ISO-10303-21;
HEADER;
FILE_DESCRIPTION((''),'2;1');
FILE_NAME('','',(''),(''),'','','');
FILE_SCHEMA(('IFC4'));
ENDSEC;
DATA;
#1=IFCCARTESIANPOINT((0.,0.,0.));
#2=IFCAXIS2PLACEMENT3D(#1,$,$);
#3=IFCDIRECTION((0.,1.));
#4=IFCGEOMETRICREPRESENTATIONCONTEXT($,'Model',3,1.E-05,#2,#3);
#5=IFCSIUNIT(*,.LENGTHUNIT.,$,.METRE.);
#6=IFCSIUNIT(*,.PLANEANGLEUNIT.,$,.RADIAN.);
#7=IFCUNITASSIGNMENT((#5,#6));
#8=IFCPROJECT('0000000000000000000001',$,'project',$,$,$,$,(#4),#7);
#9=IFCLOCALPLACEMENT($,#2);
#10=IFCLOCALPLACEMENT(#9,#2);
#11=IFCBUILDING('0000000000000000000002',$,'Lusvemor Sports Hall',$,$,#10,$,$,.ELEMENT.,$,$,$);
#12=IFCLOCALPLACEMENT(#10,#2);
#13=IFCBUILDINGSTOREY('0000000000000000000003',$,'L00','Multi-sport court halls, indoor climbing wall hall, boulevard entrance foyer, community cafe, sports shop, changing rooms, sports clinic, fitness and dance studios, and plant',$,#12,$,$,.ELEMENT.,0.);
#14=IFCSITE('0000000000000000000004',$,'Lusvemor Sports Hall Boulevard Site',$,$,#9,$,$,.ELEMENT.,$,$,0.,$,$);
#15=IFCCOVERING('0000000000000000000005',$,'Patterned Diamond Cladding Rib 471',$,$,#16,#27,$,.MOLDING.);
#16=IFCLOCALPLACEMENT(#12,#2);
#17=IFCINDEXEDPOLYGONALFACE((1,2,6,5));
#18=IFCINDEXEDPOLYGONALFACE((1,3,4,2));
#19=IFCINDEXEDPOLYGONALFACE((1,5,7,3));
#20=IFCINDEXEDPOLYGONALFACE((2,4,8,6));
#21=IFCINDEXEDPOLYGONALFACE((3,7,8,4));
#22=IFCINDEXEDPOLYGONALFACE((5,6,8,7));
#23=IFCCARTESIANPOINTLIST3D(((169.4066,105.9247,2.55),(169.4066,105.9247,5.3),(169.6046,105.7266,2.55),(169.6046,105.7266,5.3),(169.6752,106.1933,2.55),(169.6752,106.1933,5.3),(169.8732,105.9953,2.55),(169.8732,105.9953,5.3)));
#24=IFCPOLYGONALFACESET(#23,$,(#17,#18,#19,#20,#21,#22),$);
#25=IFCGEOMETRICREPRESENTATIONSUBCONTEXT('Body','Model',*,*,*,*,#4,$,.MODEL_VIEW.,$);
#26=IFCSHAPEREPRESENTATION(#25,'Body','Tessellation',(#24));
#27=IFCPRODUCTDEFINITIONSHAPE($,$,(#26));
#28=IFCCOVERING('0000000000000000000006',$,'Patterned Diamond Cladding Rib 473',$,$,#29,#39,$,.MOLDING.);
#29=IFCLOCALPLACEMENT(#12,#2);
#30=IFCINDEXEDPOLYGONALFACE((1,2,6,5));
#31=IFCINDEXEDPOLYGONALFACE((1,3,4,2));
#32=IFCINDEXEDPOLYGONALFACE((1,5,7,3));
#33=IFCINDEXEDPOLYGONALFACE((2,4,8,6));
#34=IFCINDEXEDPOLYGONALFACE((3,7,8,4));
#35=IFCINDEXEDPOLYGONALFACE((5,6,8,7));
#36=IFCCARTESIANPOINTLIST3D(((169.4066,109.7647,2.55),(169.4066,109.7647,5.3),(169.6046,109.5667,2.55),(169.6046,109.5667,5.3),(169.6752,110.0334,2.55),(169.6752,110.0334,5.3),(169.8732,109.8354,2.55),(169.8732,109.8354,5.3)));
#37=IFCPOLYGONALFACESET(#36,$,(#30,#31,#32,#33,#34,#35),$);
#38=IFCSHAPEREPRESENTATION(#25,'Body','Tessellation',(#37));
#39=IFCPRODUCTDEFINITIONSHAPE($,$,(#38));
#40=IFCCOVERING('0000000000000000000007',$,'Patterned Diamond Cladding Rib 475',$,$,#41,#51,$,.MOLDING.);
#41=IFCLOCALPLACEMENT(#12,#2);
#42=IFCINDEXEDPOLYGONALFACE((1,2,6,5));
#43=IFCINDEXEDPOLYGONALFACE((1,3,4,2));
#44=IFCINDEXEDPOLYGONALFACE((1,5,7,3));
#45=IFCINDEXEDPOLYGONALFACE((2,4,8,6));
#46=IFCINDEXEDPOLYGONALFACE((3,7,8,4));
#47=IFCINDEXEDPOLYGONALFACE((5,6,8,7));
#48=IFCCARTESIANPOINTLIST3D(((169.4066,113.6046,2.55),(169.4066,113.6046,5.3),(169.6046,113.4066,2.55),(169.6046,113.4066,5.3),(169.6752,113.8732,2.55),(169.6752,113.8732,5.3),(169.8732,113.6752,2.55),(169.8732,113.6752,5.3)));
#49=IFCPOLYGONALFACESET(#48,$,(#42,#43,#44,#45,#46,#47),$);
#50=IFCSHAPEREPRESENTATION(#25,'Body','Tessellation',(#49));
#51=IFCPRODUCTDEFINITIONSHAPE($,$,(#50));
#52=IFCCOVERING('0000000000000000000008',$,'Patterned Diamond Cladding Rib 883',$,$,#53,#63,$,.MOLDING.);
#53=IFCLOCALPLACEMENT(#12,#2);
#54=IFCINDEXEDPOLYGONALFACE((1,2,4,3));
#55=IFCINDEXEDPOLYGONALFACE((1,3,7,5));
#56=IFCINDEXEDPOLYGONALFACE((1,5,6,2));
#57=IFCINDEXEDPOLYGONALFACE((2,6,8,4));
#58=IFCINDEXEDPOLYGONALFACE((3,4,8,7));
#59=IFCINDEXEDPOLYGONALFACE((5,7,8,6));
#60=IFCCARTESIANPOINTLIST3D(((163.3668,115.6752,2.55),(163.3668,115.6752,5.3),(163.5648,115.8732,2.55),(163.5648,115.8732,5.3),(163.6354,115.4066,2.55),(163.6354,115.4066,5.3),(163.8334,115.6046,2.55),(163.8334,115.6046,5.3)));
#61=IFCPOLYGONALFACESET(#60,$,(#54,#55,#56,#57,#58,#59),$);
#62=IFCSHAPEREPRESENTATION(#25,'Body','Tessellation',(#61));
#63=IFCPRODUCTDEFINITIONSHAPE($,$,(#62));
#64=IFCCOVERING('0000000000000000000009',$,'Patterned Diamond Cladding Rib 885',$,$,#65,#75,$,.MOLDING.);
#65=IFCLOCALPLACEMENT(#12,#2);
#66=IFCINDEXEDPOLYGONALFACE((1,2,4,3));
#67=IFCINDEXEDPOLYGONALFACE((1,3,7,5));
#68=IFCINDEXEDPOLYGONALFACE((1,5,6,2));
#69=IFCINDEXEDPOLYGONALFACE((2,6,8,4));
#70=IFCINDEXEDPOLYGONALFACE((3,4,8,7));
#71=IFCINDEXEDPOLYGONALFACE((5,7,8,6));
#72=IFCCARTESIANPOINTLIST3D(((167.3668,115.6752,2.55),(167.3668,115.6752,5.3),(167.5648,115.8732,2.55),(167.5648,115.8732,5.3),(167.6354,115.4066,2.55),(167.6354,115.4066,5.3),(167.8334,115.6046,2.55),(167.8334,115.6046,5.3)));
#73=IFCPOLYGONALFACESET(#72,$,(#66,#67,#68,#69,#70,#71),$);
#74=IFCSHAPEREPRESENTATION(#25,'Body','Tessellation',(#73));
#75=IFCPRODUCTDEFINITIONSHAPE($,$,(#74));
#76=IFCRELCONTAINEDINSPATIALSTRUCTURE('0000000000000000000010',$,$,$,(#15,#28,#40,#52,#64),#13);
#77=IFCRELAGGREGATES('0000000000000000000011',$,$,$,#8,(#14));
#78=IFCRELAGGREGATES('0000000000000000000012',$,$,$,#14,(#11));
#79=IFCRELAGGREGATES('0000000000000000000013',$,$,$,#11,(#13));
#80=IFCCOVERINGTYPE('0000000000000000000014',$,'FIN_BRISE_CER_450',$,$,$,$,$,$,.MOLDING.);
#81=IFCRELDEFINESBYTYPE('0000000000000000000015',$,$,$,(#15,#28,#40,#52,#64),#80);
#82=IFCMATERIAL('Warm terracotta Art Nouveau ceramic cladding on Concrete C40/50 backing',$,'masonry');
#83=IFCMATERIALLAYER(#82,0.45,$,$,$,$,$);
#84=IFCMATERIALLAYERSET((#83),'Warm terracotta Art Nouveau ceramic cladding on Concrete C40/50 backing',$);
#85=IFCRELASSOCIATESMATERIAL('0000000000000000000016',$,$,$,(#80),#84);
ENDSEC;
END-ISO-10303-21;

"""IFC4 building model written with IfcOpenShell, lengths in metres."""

from ifc_helpers import new_model, si_unit, direction, frame, origin, origin_2d, place, context, subcontext, project, spatial, rectangle, extrude, material, layer, layer_set, type_object, element, save


model = new_model("IFC4")

# Units and contexts
model_context = context("Model", 3, precision=1e-05, world=origin(), true_north=direction((0.0, 1.0)))
body_context = subcontext(model_context, "Body", "Model", "MODEL_VIEW")
ifc_project = project(units=[si_unit("LENGTHUNIT", "METRE"), si_unit("PLANEANGLEUNIT", "RADIAN")], contexts=[model_context])

# Site, building, storey
site_placement = place(None, origin())
site = spatial("IfcSite", under=ifc_project, at=site_placement, Name="Lusvemor Sports Hall Boulevard Site", CompositionType="ELEMENT", RefElevation=0.0)
building_placement = place(site_placement, origin())
building = spatial("IfcBuilding", under=site, at=building_placement, Name="Lusvemor Sports Hall", CompositionType="ELEMENT")
storey_placement = place(building_placement, origin())
storey = spatial("IfcBuildingStorey", under=building, at=storey_placement, Name="L00", Description="Multi-sport court halls, indoor climbing wall hall, boulevard entrance foyer, community cafe, sports shop, changing rooms, sports clinic, fitness and dance studios, and plant", CompositionType="ELEMENT", Elevation=0.0)

# Coverings
ifc_material_1 = material(Name="Warm terracotta Art Nouveau ceramic cladding on Concrete C40/50 backing", Category="masonry")
ifc_layer_1 = layer(ifc_material_1, 0.45)
ifc_layer_set_1 = layer_set([ifc_layer_1], Name="Warm terracotta Art Nouveau ceramic cladding on Concrete C40/50 backing")
covering_type_1 = type_object("IfcCoveringType", Name="FIN_BRISE_CER_450", PredefinedType="MOLDING", material=ifc_layer_set_1)
for number, where, z_axis, x_axis, name in (
    (1, (169.6399, 105.96, 2.55), (0.0, 0.0, 1.0), (0.707107, 0.707107, 0.0), "Patterned Diamond Cladding Rib 471"),
    (2, (169.6399, 109.8, 2.55), (0.0, 0.0, 1.0), (0.707107, 0.707107, 0.0), "Patterned Diamond Cladding Rib 473"),
    (3, (169.6399, 113.6399, 2.55), (0.0, 0.0, 1.0), (0.707107, 0.707107, 0.0), "Patterned Diamond Cladding Rib 475"),
):
    element("IfcCovering", number, at=place(storey_placement, frame(where, z_axis=z_axis, x_axis=x_axis)), inside=storey, type_object=covering_type_1, Name=name, PredefinedType="MOLDING", context=body_context, shape_type="SweptSolid", body=[
        extrude(rectangle(XDim=0.3799, YDim=0.28, at=origin_2d()), origin(), (0.0, 0.0, 1.0), 2.75),
    ])
for number, where, z_axis, x_axis, name in (
    (4, (163.6001, 115.6399, 2.55), (0.0, 0.0, 1.0), (0.707107, 0.707107, 0.0), "Patterned Diamond Cladding Rib 883"),
    (5, (167.6001, 115.6399, 2.55), (0.0, 0.0, 1.0), (0.707107, 0.707107, 0.0), "Patterned Diamond Cladding Rib 885"),
):
    element("IfcCovering", number, at=place(storey_placement, frame(where, z_axis=z_axis, x_axis=x_axis)), inside=storey, type_object=covering_type_1, Name=name, PredefinedType="MOLDING", context=body_context, shape_type="SweptSolid", body=[
        extrude(rectangle(XDim=0.28, YDim=0.3799, at=origin_2d()), origin(), (0.0, 0.0, 1.0), 2.75),
    ])

save(model, "model.ifc")
